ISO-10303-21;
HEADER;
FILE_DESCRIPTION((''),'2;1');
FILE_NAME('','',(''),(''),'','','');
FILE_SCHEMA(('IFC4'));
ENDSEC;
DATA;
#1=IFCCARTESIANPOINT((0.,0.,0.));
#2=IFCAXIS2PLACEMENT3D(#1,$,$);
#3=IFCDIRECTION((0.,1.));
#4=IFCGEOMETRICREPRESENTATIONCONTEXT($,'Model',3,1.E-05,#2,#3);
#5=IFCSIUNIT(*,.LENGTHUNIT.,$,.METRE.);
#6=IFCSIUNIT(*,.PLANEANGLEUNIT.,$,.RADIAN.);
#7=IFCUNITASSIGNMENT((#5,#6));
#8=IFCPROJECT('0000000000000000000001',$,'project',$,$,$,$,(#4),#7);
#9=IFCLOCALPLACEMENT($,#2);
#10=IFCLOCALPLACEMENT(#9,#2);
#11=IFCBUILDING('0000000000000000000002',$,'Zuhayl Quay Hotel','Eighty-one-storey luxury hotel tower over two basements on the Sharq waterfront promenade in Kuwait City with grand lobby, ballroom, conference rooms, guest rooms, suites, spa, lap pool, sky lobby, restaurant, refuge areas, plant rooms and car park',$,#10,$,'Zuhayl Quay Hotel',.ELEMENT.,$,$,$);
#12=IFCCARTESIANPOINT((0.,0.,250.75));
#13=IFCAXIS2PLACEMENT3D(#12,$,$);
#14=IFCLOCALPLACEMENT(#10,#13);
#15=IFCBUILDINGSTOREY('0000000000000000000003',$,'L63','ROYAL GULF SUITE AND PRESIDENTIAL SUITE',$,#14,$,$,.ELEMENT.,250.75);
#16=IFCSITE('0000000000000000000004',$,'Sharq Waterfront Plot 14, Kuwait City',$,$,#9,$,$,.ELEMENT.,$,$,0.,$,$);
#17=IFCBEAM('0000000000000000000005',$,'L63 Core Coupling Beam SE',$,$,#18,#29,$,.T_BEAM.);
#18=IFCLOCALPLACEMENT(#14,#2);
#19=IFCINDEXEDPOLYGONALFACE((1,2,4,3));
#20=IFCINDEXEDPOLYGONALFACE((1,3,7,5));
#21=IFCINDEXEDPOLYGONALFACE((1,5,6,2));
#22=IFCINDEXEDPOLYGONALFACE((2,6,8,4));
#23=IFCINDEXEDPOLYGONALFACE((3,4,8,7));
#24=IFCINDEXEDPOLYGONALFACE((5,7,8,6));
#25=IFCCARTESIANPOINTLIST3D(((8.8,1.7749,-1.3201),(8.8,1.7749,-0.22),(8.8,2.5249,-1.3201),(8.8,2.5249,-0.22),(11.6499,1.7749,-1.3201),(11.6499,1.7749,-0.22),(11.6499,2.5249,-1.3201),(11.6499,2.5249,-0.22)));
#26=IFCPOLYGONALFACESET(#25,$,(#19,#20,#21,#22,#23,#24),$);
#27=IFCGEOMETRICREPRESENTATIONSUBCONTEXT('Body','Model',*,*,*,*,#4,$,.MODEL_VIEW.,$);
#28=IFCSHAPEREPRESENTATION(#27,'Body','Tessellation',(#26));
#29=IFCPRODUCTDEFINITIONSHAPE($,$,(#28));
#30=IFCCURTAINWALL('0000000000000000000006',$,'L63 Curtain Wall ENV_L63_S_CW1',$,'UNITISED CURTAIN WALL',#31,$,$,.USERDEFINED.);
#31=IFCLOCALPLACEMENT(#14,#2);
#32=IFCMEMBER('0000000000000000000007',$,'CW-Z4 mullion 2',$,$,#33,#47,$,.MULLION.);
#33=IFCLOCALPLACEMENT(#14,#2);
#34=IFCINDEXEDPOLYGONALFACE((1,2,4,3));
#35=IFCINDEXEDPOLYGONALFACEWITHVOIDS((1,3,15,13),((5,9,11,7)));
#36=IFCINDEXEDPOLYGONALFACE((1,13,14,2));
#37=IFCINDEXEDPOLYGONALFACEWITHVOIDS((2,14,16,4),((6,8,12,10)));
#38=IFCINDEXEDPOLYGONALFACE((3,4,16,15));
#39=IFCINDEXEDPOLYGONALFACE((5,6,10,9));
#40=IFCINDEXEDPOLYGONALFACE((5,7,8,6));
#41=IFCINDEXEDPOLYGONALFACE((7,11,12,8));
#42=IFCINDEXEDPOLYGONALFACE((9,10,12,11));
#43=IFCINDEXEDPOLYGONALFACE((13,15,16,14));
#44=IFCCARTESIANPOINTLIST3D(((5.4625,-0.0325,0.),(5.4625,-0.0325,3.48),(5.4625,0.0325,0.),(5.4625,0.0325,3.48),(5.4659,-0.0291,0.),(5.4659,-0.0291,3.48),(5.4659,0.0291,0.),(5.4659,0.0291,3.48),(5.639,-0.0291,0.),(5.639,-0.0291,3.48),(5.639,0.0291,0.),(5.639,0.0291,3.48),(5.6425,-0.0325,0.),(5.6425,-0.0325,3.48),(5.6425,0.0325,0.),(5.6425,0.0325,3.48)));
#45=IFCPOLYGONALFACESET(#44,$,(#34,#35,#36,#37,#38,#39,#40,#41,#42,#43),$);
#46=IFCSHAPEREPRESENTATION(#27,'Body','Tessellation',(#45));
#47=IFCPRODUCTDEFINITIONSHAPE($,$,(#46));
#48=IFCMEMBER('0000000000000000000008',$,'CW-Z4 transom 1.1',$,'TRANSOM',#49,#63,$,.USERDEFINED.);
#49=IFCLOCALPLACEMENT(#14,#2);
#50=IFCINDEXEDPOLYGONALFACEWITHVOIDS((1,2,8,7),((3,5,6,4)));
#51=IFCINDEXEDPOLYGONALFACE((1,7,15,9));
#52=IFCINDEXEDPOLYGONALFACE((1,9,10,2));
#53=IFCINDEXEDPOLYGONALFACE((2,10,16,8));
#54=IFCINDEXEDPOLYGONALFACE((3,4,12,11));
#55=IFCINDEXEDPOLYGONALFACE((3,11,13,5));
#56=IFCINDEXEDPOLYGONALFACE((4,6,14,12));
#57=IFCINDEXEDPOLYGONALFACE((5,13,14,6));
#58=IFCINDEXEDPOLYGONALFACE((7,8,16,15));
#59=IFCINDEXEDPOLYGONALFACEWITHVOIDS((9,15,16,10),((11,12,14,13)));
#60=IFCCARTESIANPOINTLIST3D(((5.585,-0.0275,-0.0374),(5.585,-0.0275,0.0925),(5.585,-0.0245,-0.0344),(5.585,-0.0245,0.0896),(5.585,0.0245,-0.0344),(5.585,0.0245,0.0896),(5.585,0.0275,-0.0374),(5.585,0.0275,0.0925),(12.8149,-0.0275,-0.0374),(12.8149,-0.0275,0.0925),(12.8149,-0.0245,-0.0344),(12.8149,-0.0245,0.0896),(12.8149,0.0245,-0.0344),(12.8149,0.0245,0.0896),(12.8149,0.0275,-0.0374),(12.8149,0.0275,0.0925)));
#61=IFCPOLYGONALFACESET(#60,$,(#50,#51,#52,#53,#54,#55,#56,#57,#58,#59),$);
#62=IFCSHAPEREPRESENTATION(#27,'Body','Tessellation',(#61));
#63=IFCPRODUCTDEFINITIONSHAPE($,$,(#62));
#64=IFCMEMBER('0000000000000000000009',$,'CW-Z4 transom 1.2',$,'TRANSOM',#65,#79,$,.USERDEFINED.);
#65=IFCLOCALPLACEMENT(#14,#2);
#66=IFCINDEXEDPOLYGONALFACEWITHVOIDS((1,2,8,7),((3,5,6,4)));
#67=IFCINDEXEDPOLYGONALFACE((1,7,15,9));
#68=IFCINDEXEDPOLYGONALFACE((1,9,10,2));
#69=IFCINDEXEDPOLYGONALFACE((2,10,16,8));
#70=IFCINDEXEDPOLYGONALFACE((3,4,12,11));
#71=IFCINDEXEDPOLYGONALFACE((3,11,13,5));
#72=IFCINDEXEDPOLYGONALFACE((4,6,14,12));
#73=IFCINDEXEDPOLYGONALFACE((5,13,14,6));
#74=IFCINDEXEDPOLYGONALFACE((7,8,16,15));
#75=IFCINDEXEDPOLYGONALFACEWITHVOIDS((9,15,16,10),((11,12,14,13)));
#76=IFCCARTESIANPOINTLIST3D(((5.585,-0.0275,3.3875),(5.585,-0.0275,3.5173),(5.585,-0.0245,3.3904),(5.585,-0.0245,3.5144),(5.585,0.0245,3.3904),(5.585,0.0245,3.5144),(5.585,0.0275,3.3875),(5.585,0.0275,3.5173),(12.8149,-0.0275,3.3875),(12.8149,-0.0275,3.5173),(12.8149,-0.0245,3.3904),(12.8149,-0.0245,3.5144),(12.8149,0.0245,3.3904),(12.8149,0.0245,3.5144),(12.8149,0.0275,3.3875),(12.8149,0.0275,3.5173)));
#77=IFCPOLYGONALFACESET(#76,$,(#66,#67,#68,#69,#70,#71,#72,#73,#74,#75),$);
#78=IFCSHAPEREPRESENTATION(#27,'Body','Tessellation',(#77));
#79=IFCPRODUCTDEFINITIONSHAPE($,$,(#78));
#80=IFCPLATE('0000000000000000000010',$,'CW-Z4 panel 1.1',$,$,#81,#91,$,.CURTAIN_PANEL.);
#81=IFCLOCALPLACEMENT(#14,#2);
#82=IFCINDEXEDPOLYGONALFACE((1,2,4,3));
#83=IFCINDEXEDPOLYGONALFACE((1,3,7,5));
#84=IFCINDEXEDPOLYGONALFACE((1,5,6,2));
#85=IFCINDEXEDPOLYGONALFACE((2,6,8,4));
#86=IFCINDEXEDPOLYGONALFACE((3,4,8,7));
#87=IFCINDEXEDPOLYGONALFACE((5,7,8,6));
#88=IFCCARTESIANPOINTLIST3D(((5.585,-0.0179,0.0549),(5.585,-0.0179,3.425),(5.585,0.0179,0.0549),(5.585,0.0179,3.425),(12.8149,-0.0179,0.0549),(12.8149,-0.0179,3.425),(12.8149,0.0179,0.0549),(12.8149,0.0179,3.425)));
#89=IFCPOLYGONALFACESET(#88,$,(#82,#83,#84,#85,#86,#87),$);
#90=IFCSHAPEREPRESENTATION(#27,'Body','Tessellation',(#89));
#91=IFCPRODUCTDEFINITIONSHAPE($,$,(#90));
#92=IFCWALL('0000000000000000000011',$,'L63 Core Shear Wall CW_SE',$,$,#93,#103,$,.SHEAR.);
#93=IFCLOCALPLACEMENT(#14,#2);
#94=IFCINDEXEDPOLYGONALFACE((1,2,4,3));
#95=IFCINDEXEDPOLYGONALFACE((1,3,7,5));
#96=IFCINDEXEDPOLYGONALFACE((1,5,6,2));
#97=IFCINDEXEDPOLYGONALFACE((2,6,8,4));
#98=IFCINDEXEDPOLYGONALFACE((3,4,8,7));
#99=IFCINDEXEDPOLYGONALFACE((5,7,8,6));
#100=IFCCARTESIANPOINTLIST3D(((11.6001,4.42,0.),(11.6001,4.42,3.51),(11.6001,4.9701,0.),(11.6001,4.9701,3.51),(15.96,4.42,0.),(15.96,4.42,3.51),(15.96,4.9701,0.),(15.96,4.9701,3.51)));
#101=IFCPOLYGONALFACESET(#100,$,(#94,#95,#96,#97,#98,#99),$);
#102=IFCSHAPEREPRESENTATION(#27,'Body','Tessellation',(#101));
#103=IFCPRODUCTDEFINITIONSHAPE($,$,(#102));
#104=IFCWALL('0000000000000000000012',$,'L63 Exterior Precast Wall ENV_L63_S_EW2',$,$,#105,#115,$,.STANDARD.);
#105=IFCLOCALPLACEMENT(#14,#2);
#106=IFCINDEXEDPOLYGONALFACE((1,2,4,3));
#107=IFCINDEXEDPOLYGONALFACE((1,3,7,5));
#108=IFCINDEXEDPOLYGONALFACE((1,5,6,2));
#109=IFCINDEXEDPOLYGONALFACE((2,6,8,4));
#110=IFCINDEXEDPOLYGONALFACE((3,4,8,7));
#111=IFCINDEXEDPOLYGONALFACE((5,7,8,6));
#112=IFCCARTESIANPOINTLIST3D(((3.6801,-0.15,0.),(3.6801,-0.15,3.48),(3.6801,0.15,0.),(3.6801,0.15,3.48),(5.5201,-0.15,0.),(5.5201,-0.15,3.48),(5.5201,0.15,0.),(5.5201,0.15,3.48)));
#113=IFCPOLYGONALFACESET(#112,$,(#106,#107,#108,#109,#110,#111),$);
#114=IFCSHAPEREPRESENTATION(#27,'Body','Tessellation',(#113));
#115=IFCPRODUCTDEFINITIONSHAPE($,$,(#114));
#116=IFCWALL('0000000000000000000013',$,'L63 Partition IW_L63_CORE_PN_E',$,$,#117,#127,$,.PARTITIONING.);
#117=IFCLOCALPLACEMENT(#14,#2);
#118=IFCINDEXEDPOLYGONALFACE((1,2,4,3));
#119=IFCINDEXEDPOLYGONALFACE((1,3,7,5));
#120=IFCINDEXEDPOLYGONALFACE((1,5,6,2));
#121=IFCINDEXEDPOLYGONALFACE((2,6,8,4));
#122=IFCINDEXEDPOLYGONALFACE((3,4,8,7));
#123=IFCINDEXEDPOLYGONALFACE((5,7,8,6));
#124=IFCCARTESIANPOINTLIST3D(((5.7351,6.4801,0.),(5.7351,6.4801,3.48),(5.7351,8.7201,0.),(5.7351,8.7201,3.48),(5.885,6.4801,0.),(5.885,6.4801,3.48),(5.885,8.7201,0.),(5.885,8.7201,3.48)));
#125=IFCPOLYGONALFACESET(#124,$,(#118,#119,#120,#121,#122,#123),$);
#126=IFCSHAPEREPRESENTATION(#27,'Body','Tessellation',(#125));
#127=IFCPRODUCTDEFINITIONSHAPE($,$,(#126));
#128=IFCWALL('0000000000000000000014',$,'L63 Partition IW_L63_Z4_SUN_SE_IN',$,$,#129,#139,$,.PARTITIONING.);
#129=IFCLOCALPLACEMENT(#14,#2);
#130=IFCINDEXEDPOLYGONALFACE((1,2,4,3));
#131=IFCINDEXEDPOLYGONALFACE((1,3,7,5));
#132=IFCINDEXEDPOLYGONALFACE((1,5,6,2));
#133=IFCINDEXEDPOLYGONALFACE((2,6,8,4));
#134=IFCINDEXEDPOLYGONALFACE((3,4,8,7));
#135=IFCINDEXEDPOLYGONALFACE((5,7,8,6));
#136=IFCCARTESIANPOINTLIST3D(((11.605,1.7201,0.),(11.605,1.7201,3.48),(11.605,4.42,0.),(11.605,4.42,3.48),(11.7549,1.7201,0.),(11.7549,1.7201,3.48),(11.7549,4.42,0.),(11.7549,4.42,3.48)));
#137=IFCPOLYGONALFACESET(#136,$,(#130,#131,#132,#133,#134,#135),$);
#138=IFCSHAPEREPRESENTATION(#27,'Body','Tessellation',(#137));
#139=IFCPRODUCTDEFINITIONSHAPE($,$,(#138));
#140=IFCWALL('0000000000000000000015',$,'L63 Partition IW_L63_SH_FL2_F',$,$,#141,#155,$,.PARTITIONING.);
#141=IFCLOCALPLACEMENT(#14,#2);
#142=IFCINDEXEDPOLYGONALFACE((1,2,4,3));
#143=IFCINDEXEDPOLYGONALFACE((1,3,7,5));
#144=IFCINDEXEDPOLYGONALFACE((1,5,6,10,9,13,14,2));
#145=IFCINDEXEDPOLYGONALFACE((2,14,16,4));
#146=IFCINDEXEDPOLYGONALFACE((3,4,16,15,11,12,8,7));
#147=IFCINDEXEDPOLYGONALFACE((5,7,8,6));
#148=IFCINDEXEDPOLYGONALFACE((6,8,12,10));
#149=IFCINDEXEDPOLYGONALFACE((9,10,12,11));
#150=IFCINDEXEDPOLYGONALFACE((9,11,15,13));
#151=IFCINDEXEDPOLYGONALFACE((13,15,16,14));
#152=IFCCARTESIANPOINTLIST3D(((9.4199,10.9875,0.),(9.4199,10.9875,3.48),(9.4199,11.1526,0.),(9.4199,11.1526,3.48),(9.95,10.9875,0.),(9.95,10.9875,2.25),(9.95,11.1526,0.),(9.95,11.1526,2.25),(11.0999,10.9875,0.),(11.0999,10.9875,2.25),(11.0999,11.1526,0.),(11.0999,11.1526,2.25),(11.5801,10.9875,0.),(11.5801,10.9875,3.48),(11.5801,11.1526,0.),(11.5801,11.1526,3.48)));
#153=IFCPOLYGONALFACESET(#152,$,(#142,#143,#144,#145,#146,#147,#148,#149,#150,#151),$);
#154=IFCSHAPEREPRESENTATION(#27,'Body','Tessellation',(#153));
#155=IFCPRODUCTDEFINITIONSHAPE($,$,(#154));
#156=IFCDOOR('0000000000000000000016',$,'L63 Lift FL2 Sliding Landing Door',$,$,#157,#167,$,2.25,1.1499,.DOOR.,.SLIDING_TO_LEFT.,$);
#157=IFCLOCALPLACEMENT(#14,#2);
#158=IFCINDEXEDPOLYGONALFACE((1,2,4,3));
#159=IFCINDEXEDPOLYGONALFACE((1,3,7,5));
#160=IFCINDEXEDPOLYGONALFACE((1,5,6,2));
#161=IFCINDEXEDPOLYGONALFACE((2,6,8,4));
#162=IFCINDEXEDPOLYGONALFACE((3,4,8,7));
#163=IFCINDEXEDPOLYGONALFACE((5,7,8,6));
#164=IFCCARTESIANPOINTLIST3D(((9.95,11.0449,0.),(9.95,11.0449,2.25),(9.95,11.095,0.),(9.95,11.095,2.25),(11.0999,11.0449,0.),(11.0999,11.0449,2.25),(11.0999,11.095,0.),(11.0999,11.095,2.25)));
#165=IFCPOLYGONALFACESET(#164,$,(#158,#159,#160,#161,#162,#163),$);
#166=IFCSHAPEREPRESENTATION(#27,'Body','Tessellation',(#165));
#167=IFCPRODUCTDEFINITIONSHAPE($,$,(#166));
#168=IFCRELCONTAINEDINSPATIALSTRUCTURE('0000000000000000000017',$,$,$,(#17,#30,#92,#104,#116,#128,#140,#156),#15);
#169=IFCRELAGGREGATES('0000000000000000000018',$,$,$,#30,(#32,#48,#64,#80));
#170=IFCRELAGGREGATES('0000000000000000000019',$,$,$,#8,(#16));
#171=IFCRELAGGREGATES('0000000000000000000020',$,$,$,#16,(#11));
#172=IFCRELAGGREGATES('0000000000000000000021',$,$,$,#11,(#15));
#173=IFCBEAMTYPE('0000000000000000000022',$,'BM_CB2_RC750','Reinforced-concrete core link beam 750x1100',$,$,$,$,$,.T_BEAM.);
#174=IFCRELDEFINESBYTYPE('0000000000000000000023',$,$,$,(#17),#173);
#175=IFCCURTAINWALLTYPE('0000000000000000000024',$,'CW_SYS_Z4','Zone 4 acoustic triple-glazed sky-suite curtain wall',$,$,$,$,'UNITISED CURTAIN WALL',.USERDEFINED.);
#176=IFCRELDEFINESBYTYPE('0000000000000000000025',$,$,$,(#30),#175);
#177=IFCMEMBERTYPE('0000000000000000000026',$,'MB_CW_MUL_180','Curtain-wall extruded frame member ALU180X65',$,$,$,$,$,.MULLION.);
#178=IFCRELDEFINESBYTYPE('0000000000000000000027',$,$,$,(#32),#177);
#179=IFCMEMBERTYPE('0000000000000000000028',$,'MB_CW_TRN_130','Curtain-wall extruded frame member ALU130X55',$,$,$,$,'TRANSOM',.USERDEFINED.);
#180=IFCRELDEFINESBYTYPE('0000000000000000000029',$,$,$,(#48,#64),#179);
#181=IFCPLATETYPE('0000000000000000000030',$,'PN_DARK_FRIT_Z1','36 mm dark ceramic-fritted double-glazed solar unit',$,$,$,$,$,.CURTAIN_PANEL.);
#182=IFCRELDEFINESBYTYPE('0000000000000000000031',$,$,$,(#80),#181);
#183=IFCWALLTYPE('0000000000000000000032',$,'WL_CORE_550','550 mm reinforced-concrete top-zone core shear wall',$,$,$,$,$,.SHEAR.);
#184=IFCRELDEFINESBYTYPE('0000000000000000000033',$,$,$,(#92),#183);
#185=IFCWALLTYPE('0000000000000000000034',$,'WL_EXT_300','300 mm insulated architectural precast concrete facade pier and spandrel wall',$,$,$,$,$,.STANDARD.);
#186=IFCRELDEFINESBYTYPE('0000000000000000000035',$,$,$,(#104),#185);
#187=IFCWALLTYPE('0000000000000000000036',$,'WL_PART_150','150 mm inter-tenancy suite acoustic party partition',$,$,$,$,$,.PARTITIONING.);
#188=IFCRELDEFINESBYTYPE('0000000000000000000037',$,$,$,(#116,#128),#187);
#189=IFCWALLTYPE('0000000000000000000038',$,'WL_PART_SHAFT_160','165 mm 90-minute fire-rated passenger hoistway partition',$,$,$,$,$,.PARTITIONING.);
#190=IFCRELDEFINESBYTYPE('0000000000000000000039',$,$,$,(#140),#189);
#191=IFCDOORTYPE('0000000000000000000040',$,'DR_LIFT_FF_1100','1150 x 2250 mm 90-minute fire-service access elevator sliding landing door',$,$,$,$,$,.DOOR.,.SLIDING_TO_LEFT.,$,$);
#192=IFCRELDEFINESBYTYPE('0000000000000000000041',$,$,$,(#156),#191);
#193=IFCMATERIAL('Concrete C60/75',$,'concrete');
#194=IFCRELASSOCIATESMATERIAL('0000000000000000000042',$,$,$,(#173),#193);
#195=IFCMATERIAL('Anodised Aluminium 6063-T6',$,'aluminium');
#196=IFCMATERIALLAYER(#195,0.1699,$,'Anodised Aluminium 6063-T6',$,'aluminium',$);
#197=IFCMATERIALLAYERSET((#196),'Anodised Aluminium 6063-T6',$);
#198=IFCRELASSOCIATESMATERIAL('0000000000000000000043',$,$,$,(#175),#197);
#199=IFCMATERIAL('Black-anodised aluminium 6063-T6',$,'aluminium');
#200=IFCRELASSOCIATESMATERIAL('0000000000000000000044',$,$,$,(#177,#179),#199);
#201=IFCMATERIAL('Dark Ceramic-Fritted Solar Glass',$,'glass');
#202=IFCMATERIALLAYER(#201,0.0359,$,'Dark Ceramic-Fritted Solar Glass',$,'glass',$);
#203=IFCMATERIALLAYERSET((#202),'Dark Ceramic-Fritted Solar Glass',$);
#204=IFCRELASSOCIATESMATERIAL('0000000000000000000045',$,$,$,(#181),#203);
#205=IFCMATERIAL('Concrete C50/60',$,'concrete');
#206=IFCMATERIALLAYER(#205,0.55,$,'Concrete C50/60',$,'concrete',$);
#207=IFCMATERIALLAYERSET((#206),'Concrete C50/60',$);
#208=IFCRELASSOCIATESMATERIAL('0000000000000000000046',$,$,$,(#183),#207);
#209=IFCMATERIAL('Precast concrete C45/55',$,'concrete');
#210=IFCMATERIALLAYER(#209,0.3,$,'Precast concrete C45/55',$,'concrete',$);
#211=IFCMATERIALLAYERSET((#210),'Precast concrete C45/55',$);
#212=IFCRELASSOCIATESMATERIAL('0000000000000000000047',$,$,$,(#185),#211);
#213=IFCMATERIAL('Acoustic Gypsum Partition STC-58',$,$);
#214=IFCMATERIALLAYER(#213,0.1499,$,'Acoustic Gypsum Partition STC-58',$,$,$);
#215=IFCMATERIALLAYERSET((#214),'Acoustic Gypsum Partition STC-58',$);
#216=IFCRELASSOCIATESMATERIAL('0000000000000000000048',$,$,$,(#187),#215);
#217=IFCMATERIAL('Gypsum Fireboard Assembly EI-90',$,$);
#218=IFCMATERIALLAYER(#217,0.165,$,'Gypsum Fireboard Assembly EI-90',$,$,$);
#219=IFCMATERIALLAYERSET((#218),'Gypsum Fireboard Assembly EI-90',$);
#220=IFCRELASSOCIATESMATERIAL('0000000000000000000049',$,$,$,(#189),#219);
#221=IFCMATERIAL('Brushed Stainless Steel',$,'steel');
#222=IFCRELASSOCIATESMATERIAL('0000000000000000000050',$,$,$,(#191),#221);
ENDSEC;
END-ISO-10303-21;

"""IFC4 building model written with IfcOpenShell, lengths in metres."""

from ifc_helpers import new_model, si_unit, direction, frame, frame_2d, origin, origin_2d, place, context, subcontext, project, spatial, rectangle, hollow_rectangle, extrude, material, layer, layer_set, material_profile, profile_set, type_object, element, fill, aggregate, save


model = new_model("IFC4")

# Units and contexts
model_context = context("Model", 3, precision=1e-05, world=origin(), true_north=direction((0.0, 1.0)))
body_context = subcontext(model_context, "Body", "Model", "MODEL_VIEW")
ifc_project = project(units=[si_unit("LENGTHUNIT", "METRE"), si_unit("PLANEANGLEUNIT", "RADIAN")], contexts=[model_context])

# Site, building, storey
site_placement = place(None, origin())
site = spatial("IfcSite", under=ifc_project, at=site_placement, Name="Sharq Waterfront Plot 14, Kuwait City", CompositionType="ELEMENT", RefElevation=0.0)
building_placement = place(site_placement, origin())
building = spatial("IfcBuilding", under=site, at=building_placement, Name="Zuhayl Quay Hotel", Description="Eighty-one-storey luxury hotel tower over two basements on the Sharq waterfront promenade in Kuwait City with grand lobby, ballroom, conference rooms, guest rooms, suites, spa, lap pool, sky lobby, restaurant, refuge areas, plant rooms and car park", LongName="Zuhayl Quay Hotel", CompositionType="ELEMENT")
storey_placement = place(building_placement, frame((0.0, 0.0, 250.75)))
storey = spatial("IfcBuildingStorey", under=building, at=storey_placement, Name="L63", Description="ROYAL GULF SUITE AND PRESIDENTIAL SUITE", CompositionType="ELEMENT", Elevation=250.75)

# Beam
ifc_material_1 = material(Name="Concrete C60/75", Category="concrete")
ifc_material_profile_1 = material_profile(ifc_material_1, rectangle(XDim=0.75, YDim=1.1001, at=origin_2d()), Name="RC750X1100")
ifc_profile_set_1 = profile_set([ifc_material_profile_1], Name="Concrete C60/75")
beam_type = type_object("IfcBeamType", Name="BM_CB2_RC750", Description="Reinforced-concrete core link beam 750x1100", PredefinedType="T_BEAM", material=ifc_profile_set_1)
beam_placement = place(storey_placement, frame((8.8, 2.1499, -0.77), z_axis=(1.0, 0.0, 0.0), x_axis=(0.0, 1.0, 0.0)))
element("IfcBeam", 1, at=beam_placement, inside=storey, type_object=beam_type, Name="L63 Core Coupling Beam SE", PredefinedType="T_BEAM", context=body_context, shape_type="SweptSolid", body=[
    extrude(rectangle(XDim=0.75, YDim=1.1001, at=origin_2d()), origin(), (0.0, 0.0, 1.0), 2.8499),
])

# Curtain wall, members, plate
ifc_material_2 = material(Name="Anodised Aluminium 6063-T6", Category="aluminium")
ifc_layer_1 = layer(ifc_material_2, 0.1699, Name="Anodised Aluminium 6063-T6", Category="aluminium")
ifc_layer_set_1 = layer_set([ifc_layer_1], Name="Anodised Aluminium 6063-T6")
curtain_wall_type = type_object("IfcCurtainWallType", Name="CW_SYS_Z4", Description="Zone 4 acoustic triple-glazed sky-suite curtain wall", ElementType="UNITISED CURTAIN WALL", PredefinedType="USERDEFINED", material=ifc_layer_set_1)
curtain_wall_placement = place(storey_placement, origin())
curtain_wall = element("IfcCurtainWall", 2, at=curtain_wall_placement, inside=storey, type_object=curtain_wall_type, Name="L63 Curtain Wall ENV_L63_S_CW1", ObjectType="UNITISED CURTAIN WALL", PredefinedType="USERDEFINED")
ifc_material_3 = material(Name="Black-anodised aluminium 6063-T6", Category="aluminium")
ifc_material_profile_2 = material_profile(ifc_material_3, hollow_rectangle(XDim=0.0649, YDim=0.1799, WallThickness=0.0034, at=origin_2d()), Name="ALU180X65")
ifc_profile_set_2 = profile_set([ifc_material_profile_2], Name="Black-anodised aluminium 6063-T6")
member_type_1 = type_object("IfcMemberType", Name="MB_CW_MUL_180", Description="Curtain-wall extruded frame member ALU180X65", PredefinedType="MULLION", material=ifc_profile_set_2)
member_1_placement = place(storey_placement, frame((5.5525, 0.0, 0.0), z_axis=(0.0, 0.0, 1.0), x_axis=(0.0, -1.0, 0.0)))
member_1 = element("IfcMember", 3, at=member_1_placement, type_object=member_type_1, Name="CW-Z4 mullion 2", PredefinedType="MULLION", context=body_context, shape_type="SweptSolid", body=[
    extrude(hollow_rectangle(XDim=0.0649, YDim=0.1799, WallThickness=0.0034, at=origin_2d()), origin(), (0.0, 0.0, 1.0), 3.48),
])
ifc_material_profile_3 = material_profile(ifc_material_3, hollow_rectangle(XDim=0.0549, YDim=0.1299, WallThickness=0.0029, at=origin_2d()), Name="ALU130X55")
ifc_profile_set_3 = profile_set([ifc_material_profile_3], Name="Black-anodised aluminium 6063-T6")
member_type_2 = type_object("IfcMemberType", Name="MB_CW_TRN_130", Description="Curtain-wall extruded frame member ALU130X55", ElementType="TRANSOM", PredefinedType="USERDEFINED", material=ifc_profile_set_3)
member_2_placement = place(storey_placement, frame((12.8149, 0.0, 0.0276), z_axis=(-1.0, 0.0, 0.0), x_axis=(0.0, -1.0, 0.0)))
member_2 = element("IfcMember", 4, at=member_2_placement, type_object=member_type_2, Name="CW-Z4 transom 1.1", ObjectType="TRANSOM", PredefinedType="USERDEFINED", context=body_context, shape_type="SweptSolid", body=[
    extrude(hollow_rectangle(XDim=0.0549, YDim=0.1299, WallThickness=0.0029, at=origin_2d()), origin(), (0.0, 0.0, 1.0), 7.23),
])
member_3_placement = place(storey_placement, frame((12.8149, 0.0, 3.4524), z_axis=(-1.0, 0.0, 0.0), x_axis=(0.0, -1.0, 0.0)))
member_3 = element("IfcMember", 5, at=member_3_placement, type_object=member_type_2, Name="CW-Z4 transom 1.2", ObjectType="TRANSOM", PredefinedType="USERDEFINED", context=body_context, shape_type="SweptSolid", body=[
    extrude(hollow_rectangle(XDim=0.0549, YDim=0.1299, WallThickness=0.0029, at=origin_2d()), origin(), (0.0, 0.0, 1.0), 7.23),
])
ifc_material_4 = material(Name="Dark Ceramic-Fritted Solar Glass", Category="glass")
ifc_layer_2 = layer(ifc_material_4, 0.0359, Name="Dark Ceramic-Fritted Solar Glass", Category="glass")
ifc_layer_set_2 = layer_set([ifc_layer_2], Name="Dark Ceramic-Fritted Solar Glass")
plate_type = type_object("IfcPlateType", Name="PN_DARK_FRIT_Z1", Description="36 mm dark ceramic-fritted double-glazed solar unit", PredefinedType="CURTAIN_PANEL", material=ifc_layer_set_2)
plate_placement = place(storey_placement, frame((9.2, 0.0, 0.0549), z_axis=(0.0, 0.0, 1.0), x_axis=(-1.0, 0.0, 0.0)))
plate = element("IfcPlate", 6, at=plate_placement, type_object=plate_type, Name="CW-Z4 panel 1.1", PredefinedType="CURTAIN_PANEL", context=body_context, shape_type="SweptSolid", body=[
    extrude(rectangle(XDim=7.23, YDim=0.0359, at=origin_2d()), origin(), (0.0, 0.0, 1.0), 3.3701),
])
aggregate(curtain_wall, [member_1, member_2, member_3, plate])

# Walls
ifc_material_5 = material(Name="Concrete C50/60", Category="concrete")
ifc_layer_3 = layer(ifc_material_5, 0.55, Name="Concrete C50/60", Category="concrete")
ifc_layer_set_3 = layer_set([ifc_layer_3], Name="Concrete C50/60")
wall_type_1 = type_object("IfcWallType", Name="WL_CORE_550", Description="550 mm reinforced-concrete top-zone core shear wall", PredefinedType="SHEAR", material=ifc_layer_set_3)
wall_1_placement = place(storey_placement, frame((11.6001, 4.6951, 0.0), z_axis=(0.0, 0.0, 1.0), x_axis=(1.0, 0.0, 0.0)))
element("IfcWall", 7, at=wall_1_placement, inside=storey, type_object=wall_type_1, Name="L63 Core Shear Wall CW_SE", PredefinedType="SHEAR", context=body_context, shape_type="SweptSolid", body=[
    extrude(rectangle(XDim=4.3599, YDim=0.55, at=frame_2d((2.1799, 0.0))), origin(), (0.0, 0.0, 1.0), 3.51),
])
ifc_material_6 = material(Name="Precast concrete C45/55", Category="concrete")
ifc_layer_4 = layer(ifc_material_6, 0.3, Name="Precast concrete C45/55", Category="concrete")
ifc_layer_set_4 = layer_set([ifc_layer_4], Name="Precast concrete C45/55")
wall_type_2 = type_object("IfcWallType", Name="WL_EXT_300", Description="300 mm insulated architectural precast concrete facade pier and spandrel wall", PredefinedType="STANDARD", material=ifc_layer_set_4)
wall_2_placement = place(storey_placement, frame((5.52, 0.0, 0.0), z_axis=(0.0, 0.0, 1.0), x_axis=(-1.0, 0.0, 0.0)))
element("IfcWall", 8, at=wall_2_placement, inside=storey, type_object=wall_type_2, Name="L63 Exterior Precast Wall ENV_L63_S_EW2", PredefinedType="STANDARD", context=body_context, shape_type="SweptSolid", body=[
    extrude(rectangle(XDim=1.8401, YDim=0.3, at=frame_2d((0.9199, 0.0))), origin(), (0.0, 0.0, 1.0), 3.48),
])
ifc_material_7 = material(Name="Acoustic Gypsum Partition STC-58")
ifc_layer_5 = layer(ifc_material_7, 0.1499, Name="Acoustic Gypsum Partition STC-58")
ifc_layer_set_5 = layer_set([ifc_layer_5], Name="Acoustic Gypsum Partition STC-58")
wall_type_3 = type_object("IfcWallType", Name="WL_PART_150", Description="150 mm inter-tenancy suite acoustic party partition", PredefinedType="PARTITIONING", material=ifc_layer_set_5)
wall_3_placement = place(storey_placement, frame((5.8101, 6.48, 0.0), z_axis=(0.0, 0.0, 1.0), x_axis=(0.0, 1.0, 0.0)))
element("IfcWall", 9, at=wall_3_placement, inside=storey, type_object=wall_type_3, Name="L63 Partition IW_L63_CORE_PN_E", PredefinedType="PARTITIONING", context=body_context, shape_type="SweptSolid", body=[
    extrude(rectangle(XDim=2.24, YDim=0.1499, at=frame_2d((1.1201, 0.0))), origin(), (0.0, 0.0, 1.0), 3.48),
])
wall_4_placement = place(storey_placement, frame((11.6799, 1.72, 0.0), z_axis=(0.0, 0.0, 1.0), x_axis=(0.0, 1.0, 0.0)))
element("IfcWall", 10, at=wall_4_placement, inside=storey, type_object=wall_type_3, Name="L63 Partition IW_L63_Z4_SUN_SE_IN", PredefinedType="PARTITIONING", context=body_context, shape_type="SweptSolid", body=[
    extrude(rectangle(XDim=2.7, YDim=0.1499, at=frame_2d((1.3501, 0.0))), origin(), (0.0, 0.0, 1.0), 3.48),
])

# Wall, opening, door
ifc_material_8 = material(Name="Gypsum Fireboard Assembly EI-90")
ifc_layer_6 = layer(ifc_material_8, 0.165, Name="Gypsum Fireboard Assembly EI-90")
ifc_layer_set_6 = layer_set([ifc_layer_6], Name="Gypsum Fireboard Assembly EI-90")
wall_type_4 = type_object("IfcWallType", Name="WL_PART_SHAFT_160", Description="165 mm 90-minute fire-rated passenger hoistway partition", PredefinedType="PARTITIONING", material=ifc_layer_set_6)
wall_5_placement = place(storey_placement, frame((9.4199, 11.0701, 0.0), z_axis=(0.0, 0.0, 1.0), x_axis=(1.0, 0.0, 0.0)))
wall_5 = element("IfcWall", 11, at=wall_5_placement, inside=storey, type_object=wall_type_4, Name="L63 Partition IW_L63_SH_FL2_F", PredefinedType="PARTITIONING", context=body_context, shape_type="SweptSolid", body=[
    extrude(rectangle(XDim=2.1602, YDim=0.165, at=frame_2d((1.0801, 0.0))), origin(), (0.0, 0.0, 1.0), 3.48),
])
opening_1_placement = place(wall_5_placement, frame((0.53, 0.0, 0.0)))
opening_1 = element("IfcOpeningElement", 12, at=opening_1_placement, cuts=wall_5, PredefinedType="OPENING", context=body_context, shape_type="SweptSolid", body=[
    extrude(rectangle(XDim=1.1499, YDim=2.25, at=frame_2d((0.575, 1.125))), frame((0.0, 0.0925, 0.0), z_axis=(0.0, -1.0, 0.0), x_axis=(1.0, 0.0, 0.0)), (0.0, 0.0, 1.0), 0.1851),
])
ifc_material_9 = material(Name="Brushed Stainless Steel", Category="steel")
door_type_1 = type_object("IfcDoorType", Name="DR_LIFT_FF_1100", Description="1150 x 2250 mm 90-minute fire-service access elevator sliding landing door", OperationType="SLIDING_TO_LEFT", PredefinedType="DOOR", material=ifc_material_9)
door_1_placement = place(opening_1_placement, origin())
door_1 = element("IfcDoor", 13, at=door_1_placement, inside=storey, type_object=door_type_1, Name="L63 Lift FL2 Sliding Landing Door", OperationType="SLIDING_TO_LEFT", OverallHeight=2.25, OverallWidth=1.1499, PredefinedType="DOOR", context=body_context, shape_type="SweptSolid", body=[
    extrude(rectangle(XDim=1.1499, YDim=2.25, at=frame_2d((0.575, 1.125))), frame((0.0, 0.0249, 0.0), z_axis=(0.0, -1.0, 0.0), x_axis=(1.0, 0.0, 0.0)), (0.0, 0.0, 1.0), 0.05),
])
fill(opening_1, door_1)

save(model, "model.ifc")
